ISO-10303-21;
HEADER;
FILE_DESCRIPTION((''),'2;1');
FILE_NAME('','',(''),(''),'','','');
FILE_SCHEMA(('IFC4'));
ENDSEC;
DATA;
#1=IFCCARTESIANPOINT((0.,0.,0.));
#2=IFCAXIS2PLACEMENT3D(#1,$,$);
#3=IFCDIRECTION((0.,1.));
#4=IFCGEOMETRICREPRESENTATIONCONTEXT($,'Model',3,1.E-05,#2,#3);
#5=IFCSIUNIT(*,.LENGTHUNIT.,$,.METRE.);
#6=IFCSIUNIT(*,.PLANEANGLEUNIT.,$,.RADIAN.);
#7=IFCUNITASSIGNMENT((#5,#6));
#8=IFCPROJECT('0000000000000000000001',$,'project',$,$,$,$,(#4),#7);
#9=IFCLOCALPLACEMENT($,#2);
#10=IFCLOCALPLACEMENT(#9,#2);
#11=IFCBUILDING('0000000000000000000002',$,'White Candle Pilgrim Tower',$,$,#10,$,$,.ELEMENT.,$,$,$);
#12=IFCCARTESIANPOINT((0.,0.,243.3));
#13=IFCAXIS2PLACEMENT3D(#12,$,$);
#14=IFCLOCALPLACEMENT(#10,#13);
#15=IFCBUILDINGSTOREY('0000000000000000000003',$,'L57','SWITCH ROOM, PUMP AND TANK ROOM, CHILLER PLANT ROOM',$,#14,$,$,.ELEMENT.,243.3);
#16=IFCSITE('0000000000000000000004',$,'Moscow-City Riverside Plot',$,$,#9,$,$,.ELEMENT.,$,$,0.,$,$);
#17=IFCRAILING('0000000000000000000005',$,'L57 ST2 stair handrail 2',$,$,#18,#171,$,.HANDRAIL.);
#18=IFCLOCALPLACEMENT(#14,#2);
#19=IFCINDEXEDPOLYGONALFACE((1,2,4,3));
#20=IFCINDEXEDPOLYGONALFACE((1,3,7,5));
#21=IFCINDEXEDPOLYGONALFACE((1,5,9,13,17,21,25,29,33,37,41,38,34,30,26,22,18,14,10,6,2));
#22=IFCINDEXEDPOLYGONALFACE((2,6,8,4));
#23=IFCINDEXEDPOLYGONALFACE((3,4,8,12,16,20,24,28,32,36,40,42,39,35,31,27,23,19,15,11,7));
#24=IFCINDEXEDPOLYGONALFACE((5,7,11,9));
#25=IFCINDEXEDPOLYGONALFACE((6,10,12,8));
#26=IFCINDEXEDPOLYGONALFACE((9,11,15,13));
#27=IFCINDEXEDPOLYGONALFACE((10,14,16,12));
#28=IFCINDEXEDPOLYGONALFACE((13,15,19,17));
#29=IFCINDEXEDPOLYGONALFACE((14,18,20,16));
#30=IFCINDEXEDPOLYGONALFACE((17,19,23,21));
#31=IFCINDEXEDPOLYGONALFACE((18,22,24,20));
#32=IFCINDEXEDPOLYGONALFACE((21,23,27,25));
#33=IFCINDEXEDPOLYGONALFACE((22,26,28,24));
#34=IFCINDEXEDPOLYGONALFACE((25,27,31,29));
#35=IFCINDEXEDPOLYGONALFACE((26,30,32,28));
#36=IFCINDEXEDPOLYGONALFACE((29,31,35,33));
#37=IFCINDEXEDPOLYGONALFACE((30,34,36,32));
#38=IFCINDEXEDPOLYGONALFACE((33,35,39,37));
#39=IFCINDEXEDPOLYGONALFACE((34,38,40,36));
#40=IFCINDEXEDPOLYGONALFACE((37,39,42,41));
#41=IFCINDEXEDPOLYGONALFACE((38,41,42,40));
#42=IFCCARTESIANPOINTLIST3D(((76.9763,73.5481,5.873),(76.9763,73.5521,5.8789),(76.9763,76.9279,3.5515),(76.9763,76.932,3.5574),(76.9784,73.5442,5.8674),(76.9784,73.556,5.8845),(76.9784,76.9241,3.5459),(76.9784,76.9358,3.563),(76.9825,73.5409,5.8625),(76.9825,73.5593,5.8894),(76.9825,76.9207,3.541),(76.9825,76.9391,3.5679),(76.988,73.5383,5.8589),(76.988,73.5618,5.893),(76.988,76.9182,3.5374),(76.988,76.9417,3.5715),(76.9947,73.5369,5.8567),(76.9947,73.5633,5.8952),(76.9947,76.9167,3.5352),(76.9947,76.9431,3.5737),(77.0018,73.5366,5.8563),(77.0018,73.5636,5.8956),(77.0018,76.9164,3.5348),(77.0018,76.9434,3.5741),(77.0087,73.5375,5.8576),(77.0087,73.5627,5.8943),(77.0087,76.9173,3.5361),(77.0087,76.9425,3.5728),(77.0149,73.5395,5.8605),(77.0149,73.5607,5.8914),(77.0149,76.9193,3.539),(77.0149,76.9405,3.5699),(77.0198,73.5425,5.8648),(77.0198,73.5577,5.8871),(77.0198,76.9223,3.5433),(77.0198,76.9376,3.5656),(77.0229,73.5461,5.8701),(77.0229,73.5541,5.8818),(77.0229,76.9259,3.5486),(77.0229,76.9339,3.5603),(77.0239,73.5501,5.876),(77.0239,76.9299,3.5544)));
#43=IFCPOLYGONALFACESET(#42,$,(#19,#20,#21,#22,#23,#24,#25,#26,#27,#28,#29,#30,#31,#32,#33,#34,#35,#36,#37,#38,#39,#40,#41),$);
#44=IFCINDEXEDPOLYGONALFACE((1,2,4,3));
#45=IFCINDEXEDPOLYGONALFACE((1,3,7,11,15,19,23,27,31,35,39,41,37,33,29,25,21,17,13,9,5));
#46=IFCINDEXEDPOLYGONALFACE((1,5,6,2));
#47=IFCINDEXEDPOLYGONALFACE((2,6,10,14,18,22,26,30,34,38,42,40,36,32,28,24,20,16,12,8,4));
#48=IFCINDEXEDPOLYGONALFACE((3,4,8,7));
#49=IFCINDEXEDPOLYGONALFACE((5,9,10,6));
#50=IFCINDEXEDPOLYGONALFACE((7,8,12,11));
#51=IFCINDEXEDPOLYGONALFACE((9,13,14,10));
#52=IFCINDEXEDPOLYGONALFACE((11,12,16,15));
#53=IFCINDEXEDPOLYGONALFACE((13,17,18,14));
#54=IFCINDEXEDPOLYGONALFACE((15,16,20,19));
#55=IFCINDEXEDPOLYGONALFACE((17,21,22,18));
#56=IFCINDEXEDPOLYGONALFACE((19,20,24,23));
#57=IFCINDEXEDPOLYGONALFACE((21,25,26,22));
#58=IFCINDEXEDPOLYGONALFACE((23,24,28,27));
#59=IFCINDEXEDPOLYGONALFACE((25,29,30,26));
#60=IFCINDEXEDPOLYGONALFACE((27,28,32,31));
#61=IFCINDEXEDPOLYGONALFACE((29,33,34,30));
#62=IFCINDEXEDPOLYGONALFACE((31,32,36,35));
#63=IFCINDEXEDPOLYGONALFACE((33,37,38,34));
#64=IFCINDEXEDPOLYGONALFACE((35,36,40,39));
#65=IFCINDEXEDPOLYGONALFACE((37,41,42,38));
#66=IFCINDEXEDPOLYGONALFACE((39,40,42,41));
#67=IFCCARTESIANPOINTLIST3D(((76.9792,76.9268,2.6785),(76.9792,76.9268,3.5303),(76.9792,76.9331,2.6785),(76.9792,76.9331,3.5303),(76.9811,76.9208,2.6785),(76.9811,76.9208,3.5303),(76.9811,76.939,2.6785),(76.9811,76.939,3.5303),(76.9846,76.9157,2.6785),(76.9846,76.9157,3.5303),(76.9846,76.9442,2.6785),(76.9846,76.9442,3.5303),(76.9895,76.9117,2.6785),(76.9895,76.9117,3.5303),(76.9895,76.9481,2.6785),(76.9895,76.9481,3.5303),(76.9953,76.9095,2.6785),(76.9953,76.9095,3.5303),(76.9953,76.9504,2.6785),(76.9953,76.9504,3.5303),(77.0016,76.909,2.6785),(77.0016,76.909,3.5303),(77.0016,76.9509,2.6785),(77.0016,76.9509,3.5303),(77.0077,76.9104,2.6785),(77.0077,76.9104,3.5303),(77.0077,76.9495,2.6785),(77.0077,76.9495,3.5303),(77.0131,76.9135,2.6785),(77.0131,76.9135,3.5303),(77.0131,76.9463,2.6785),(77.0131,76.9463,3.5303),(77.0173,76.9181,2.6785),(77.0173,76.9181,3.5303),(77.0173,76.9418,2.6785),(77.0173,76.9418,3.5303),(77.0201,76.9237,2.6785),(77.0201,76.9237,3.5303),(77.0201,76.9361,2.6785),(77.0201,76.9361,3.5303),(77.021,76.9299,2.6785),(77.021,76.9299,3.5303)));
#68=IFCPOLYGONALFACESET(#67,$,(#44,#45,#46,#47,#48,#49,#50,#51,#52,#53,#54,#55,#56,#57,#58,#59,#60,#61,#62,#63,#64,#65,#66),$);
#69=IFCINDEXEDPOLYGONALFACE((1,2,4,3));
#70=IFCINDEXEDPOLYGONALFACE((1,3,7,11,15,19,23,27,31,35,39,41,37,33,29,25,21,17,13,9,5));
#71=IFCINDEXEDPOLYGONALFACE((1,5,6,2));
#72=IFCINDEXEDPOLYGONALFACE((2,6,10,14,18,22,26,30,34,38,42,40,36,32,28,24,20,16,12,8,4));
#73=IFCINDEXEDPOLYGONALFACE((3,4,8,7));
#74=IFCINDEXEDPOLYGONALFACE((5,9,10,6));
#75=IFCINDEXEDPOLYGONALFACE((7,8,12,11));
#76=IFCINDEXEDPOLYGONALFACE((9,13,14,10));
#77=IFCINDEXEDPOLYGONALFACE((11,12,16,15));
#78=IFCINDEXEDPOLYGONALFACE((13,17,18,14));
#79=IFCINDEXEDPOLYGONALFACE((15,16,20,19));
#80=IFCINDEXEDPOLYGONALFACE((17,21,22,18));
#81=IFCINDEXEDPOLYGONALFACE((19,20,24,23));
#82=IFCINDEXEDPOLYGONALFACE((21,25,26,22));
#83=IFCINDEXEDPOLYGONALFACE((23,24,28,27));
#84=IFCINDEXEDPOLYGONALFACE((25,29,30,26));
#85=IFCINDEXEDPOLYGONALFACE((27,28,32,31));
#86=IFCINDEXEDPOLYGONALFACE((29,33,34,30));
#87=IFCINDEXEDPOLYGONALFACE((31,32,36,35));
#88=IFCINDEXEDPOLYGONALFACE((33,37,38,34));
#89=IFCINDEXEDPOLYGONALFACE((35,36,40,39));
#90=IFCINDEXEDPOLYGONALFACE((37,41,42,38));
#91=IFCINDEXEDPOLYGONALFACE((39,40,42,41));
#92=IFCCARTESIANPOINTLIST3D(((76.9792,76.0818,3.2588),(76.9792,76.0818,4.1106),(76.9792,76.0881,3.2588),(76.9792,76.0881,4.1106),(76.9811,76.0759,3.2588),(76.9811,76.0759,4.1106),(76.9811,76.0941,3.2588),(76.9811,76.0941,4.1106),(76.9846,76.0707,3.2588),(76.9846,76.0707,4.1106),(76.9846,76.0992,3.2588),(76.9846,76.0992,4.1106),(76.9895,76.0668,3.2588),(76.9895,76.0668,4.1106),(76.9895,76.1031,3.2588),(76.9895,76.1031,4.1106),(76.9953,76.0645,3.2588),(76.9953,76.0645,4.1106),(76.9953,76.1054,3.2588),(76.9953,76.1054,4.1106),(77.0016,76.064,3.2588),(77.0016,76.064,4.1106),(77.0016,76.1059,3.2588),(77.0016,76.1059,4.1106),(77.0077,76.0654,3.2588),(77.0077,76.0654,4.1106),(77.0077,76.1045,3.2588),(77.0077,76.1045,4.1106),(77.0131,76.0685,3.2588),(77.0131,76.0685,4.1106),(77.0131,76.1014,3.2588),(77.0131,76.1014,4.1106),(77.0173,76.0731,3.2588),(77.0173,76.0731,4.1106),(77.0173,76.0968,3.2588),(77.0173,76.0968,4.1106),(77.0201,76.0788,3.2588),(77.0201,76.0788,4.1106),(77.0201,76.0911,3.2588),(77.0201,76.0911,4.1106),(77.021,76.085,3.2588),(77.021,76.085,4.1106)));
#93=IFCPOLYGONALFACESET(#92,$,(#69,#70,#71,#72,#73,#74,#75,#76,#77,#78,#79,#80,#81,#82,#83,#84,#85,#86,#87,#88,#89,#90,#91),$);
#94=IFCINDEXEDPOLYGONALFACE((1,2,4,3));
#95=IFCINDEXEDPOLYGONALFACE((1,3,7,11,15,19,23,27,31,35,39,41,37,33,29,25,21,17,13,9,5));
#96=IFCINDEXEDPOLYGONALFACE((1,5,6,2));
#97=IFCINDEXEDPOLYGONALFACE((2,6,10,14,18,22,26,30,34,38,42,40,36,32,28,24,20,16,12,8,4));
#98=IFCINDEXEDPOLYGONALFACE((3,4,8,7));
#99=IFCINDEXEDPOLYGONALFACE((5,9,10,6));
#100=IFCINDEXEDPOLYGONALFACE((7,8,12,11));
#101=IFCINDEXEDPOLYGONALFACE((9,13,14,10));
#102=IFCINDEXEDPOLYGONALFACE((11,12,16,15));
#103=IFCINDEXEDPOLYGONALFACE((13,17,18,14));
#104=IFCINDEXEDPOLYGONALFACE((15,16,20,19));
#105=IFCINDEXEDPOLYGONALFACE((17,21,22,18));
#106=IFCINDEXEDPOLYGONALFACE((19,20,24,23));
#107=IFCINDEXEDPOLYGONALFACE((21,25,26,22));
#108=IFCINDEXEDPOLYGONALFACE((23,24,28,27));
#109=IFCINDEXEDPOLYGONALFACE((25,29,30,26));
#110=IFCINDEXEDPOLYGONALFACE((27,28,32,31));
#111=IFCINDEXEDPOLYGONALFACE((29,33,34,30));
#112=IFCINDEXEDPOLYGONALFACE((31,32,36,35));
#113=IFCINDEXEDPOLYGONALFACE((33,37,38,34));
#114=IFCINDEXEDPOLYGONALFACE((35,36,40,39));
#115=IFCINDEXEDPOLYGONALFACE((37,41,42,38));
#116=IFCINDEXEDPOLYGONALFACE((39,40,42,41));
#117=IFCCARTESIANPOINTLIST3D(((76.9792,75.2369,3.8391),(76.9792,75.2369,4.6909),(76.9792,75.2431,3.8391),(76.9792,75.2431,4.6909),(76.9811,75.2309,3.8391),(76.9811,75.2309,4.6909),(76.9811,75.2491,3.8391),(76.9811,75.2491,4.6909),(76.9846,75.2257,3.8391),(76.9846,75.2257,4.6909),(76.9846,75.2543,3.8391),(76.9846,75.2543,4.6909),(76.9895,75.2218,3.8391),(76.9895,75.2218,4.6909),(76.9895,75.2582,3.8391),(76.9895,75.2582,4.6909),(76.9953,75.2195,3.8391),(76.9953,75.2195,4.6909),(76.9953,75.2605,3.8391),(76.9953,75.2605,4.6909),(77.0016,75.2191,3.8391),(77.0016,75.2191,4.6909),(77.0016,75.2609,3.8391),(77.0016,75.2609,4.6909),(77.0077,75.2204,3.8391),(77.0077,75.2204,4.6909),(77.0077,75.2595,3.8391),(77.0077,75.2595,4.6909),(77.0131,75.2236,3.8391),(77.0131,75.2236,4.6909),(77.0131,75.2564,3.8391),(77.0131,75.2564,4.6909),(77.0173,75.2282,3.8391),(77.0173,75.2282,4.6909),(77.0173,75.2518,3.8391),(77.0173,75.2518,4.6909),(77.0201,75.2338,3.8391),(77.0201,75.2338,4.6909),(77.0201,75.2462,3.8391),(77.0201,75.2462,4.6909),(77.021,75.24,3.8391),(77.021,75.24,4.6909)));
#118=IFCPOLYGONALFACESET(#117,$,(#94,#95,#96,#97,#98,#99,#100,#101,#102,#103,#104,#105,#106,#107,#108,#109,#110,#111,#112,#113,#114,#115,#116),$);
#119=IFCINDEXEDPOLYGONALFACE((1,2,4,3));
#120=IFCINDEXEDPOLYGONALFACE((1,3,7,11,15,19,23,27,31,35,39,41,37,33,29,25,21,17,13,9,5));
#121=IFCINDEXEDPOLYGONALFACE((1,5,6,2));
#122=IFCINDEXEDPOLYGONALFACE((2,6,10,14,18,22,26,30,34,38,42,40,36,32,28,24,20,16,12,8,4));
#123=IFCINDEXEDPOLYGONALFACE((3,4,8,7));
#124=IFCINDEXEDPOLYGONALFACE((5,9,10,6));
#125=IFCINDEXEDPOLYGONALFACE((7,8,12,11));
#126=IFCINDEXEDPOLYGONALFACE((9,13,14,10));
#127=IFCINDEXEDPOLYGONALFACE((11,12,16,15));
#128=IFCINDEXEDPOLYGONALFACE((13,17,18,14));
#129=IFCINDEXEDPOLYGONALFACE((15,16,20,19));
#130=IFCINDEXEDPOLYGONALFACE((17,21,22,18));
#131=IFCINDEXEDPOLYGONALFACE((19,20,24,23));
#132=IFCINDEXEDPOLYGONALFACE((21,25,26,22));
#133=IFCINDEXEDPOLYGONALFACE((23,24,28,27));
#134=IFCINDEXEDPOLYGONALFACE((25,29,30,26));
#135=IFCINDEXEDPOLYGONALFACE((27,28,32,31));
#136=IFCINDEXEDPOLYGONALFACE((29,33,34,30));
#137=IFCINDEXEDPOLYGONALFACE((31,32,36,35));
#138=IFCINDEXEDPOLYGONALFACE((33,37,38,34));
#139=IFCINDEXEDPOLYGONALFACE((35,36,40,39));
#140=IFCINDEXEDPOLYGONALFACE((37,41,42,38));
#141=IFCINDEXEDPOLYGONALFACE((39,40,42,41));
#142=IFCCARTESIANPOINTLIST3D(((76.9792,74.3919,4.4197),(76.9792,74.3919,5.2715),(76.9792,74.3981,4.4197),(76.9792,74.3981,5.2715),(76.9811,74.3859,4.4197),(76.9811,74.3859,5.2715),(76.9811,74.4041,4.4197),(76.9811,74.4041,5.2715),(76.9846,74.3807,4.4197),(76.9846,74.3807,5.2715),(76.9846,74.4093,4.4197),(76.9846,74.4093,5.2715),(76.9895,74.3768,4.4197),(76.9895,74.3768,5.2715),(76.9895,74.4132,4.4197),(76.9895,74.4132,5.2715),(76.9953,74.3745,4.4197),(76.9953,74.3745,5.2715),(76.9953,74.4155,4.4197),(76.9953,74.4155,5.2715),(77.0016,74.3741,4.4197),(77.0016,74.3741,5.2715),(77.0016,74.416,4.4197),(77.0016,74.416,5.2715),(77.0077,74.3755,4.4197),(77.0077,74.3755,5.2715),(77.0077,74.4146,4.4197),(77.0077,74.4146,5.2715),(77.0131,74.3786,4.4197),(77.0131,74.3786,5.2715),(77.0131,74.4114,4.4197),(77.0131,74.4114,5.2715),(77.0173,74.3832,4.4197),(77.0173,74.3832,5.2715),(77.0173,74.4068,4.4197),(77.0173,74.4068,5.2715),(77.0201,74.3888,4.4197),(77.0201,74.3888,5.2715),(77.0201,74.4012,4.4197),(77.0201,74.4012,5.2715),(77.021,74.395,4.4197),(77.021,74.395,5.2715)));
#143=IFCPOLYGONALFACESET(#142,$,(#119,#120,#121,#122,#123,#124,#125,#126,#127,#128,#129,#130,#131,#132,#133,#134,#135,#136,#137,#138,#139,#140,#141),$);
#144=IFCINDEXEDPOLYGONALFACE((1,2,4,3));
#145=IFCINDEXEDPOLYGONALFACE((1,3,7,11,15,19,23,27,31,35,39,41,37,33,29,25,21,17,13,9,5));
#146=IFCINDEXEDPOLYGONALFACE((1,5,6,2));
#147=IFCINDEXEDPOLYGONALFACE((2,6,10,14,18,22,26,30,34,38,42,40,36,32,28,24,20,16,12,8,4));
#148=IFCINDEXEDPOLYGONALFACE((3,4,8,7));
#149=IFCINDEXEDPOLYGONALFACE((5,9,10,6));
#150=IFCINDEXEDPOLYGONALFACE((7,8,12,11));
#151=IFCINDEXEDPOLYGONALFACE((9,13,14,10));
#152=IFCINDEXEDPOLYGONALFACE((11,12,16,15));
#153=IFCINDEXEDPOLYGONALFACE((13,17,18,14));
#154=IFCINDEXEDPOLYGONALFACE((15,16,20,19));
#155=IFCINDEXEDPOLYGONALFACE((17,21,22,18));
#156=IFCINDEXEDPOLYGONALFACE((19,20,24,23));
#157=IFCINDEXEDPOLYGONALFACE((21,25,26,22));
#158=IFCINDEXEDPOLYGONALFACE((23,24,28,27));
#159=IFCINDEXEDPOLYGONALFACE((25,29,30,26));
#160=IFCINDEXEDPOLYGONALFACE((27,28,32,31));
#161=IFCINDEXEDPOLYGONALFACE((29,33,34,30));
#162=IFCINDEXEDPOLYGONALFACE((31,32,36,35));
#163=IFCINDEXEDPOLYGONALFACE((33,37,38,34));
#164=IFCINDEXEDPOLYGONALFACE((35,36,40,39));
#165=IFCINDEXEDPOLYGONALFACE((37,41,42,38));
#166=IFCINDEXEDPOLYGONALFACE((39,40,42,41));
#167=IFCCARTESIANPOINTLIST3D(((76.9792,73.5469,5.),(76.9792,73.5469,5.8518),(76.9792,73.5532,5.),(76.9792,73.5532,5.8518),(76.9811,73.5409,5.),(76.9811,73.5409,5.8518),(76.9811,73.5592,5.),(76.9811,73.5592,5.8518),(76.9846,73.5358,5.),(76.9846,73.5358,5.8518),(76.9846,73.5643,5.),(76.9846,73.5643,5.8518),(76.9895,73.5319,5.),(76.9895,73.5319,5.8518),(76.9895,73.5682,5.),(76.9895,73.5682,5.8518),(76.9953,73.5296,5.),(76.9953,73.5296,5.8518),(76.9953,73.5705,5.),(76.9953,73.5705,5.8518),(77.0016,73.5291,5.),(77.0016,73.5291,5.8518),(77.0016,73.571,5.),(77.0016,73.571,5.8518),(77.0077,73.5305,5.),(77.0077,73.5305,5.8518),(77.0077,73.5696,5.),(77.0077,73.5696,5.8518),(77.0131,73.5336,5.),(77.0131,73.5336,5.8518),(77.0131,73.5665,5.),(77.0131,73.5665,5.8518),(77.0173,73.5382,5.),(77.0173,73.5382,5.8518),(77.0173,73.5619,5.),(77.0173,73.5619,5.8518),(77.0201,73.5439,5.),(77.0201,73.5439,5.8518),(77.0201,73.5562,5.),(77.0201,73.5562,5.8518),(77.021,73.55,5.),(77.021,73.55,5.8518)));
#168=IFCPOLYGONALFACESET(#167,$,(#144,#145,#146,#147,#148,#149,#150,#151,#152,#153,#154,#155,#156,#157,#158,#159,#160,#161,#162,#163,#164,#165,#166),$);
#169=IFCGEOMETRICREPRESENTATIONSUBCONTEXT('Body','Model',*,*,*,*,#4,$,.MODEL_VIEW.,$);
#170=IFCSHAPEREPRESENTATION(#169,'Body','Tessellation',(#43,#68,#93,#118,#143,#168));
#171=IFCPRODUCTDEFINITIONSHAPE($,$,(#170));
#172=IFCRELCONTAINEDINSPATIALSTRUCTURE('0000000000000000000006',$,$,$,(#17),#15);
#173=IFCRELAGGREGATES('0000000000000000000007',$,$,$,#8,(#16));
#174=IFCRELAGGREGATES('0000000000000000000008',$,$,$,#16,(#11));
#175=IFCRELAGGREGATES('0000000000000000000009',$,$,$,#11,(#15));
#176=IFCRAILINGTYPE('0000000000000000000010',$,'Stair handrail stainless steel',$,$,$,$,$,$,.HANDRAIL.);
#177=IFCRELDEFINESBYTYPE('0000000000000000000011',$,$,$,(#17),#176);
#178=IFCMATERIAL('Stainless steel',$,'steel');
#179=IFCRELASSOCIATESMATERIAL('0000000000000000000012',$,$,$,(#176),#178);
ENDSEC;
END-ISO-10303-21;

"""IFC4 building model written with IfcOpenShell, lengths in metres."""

from ifc_helpers import new_model, si_unit, direction, frame, origin, origin_2d, place, context, subcontext, project, spatial, circle, extrude, material, type_object, element, save


model = new_model("IFC4")

# Units and contexts
model_context = context("Model", 3, precision=1e-05, world=origin(), true_north=direction((0.0, 1.0)))
body_context = subcontext(model_context, "Body", "Model", "MODEL_VIEW")
ifc_project = project(units=[si_unit("LENGTHUNIT", "METRE"), si_unit("PLANEANGLEUNIT", "RADIAN")], contexts=[model_context])

# Site, building, storey
site_placement = place(None, origin())
site = spatial("IfcSite", under=ifc_project, at=site_placement, Name="Moscow-City Riverside Plot", CompositionType="ELEMENT", RefElevation=0.0)
building_placement = place(site_placement, origin())
building = spatial("IfcBuilding", under=site, at=building_placement, Name="White Candle Pilgrim Tower", CompositionType="ELEMENT")
storey_placement = place(building_placement, frame((0.0, 0.0, 243.3)))
storey = spatial("IfcBuildingStorey", under=building, at=storey_placement, Name="L57", Description="SWITCH ROOM, PUMP AND TANK ROOM, CHILLER PLANT ROOM", CompositionType="ELEMENT", Elevation=243.3)

# Railing
ifc_material_1 = material(Name="Stainless steel", Category="steel")
railing_type_1 = type_object("IfcRailingType", Name="Stair handrail stainless steel", PredefinedType="HANDRAIL", material=ifc_material_1)
railing_1_placement = place(storey_placement, frame((77.0, 76.9299, 2.6785)))
element("IfcRailing", 1, at=railing_1_placement, inside=storey, type_object=railing_type_1, Name="L57 ST2 stair handrail 2", PredefinedType="HANDRAIL", context=body_context, shape_type="SweptSolid", body=[
    extrude(circle(Radius=0.0239, at=origin_2d()), frame((0.0, 0.0, 0.876), z_axis=(0.0, -0.824285, 0.566175), x_axis=(1.0, 0.0, 0.0)), (0.0, 0.0, 1.0), 4.1003),
    extrude(circle(Radius=0.021, at=origin_2d()), origin(), (0.0, 0.0, 1.0), 0.8518),
    extrude(circle(Radius=0.021, at=origin_2d()), frame((0.0, -0.845, 0.5803)), (0.0, 0.0, 1.0), 0.8518),
    extrude(circle(Radius=0.021, at=origin_2d()), frame((0.0, -1.6899, 1.1606)), (0.0, 0.0, 1.0), 0.8518),
    extrude(circle(Radius=0.021, at=origin_2d()), frame((0.0, -2.5349, 1.7412)), (0.0, 0.0, 1.0), 0.8518),
    extrude(circle(Radius=0.021, at=origin_2d()), frame((0.0, -3.3799, 2.3215)), (0.0, 0.0, 1.0), 0.8518),
])

save(model, "model.ifc")
